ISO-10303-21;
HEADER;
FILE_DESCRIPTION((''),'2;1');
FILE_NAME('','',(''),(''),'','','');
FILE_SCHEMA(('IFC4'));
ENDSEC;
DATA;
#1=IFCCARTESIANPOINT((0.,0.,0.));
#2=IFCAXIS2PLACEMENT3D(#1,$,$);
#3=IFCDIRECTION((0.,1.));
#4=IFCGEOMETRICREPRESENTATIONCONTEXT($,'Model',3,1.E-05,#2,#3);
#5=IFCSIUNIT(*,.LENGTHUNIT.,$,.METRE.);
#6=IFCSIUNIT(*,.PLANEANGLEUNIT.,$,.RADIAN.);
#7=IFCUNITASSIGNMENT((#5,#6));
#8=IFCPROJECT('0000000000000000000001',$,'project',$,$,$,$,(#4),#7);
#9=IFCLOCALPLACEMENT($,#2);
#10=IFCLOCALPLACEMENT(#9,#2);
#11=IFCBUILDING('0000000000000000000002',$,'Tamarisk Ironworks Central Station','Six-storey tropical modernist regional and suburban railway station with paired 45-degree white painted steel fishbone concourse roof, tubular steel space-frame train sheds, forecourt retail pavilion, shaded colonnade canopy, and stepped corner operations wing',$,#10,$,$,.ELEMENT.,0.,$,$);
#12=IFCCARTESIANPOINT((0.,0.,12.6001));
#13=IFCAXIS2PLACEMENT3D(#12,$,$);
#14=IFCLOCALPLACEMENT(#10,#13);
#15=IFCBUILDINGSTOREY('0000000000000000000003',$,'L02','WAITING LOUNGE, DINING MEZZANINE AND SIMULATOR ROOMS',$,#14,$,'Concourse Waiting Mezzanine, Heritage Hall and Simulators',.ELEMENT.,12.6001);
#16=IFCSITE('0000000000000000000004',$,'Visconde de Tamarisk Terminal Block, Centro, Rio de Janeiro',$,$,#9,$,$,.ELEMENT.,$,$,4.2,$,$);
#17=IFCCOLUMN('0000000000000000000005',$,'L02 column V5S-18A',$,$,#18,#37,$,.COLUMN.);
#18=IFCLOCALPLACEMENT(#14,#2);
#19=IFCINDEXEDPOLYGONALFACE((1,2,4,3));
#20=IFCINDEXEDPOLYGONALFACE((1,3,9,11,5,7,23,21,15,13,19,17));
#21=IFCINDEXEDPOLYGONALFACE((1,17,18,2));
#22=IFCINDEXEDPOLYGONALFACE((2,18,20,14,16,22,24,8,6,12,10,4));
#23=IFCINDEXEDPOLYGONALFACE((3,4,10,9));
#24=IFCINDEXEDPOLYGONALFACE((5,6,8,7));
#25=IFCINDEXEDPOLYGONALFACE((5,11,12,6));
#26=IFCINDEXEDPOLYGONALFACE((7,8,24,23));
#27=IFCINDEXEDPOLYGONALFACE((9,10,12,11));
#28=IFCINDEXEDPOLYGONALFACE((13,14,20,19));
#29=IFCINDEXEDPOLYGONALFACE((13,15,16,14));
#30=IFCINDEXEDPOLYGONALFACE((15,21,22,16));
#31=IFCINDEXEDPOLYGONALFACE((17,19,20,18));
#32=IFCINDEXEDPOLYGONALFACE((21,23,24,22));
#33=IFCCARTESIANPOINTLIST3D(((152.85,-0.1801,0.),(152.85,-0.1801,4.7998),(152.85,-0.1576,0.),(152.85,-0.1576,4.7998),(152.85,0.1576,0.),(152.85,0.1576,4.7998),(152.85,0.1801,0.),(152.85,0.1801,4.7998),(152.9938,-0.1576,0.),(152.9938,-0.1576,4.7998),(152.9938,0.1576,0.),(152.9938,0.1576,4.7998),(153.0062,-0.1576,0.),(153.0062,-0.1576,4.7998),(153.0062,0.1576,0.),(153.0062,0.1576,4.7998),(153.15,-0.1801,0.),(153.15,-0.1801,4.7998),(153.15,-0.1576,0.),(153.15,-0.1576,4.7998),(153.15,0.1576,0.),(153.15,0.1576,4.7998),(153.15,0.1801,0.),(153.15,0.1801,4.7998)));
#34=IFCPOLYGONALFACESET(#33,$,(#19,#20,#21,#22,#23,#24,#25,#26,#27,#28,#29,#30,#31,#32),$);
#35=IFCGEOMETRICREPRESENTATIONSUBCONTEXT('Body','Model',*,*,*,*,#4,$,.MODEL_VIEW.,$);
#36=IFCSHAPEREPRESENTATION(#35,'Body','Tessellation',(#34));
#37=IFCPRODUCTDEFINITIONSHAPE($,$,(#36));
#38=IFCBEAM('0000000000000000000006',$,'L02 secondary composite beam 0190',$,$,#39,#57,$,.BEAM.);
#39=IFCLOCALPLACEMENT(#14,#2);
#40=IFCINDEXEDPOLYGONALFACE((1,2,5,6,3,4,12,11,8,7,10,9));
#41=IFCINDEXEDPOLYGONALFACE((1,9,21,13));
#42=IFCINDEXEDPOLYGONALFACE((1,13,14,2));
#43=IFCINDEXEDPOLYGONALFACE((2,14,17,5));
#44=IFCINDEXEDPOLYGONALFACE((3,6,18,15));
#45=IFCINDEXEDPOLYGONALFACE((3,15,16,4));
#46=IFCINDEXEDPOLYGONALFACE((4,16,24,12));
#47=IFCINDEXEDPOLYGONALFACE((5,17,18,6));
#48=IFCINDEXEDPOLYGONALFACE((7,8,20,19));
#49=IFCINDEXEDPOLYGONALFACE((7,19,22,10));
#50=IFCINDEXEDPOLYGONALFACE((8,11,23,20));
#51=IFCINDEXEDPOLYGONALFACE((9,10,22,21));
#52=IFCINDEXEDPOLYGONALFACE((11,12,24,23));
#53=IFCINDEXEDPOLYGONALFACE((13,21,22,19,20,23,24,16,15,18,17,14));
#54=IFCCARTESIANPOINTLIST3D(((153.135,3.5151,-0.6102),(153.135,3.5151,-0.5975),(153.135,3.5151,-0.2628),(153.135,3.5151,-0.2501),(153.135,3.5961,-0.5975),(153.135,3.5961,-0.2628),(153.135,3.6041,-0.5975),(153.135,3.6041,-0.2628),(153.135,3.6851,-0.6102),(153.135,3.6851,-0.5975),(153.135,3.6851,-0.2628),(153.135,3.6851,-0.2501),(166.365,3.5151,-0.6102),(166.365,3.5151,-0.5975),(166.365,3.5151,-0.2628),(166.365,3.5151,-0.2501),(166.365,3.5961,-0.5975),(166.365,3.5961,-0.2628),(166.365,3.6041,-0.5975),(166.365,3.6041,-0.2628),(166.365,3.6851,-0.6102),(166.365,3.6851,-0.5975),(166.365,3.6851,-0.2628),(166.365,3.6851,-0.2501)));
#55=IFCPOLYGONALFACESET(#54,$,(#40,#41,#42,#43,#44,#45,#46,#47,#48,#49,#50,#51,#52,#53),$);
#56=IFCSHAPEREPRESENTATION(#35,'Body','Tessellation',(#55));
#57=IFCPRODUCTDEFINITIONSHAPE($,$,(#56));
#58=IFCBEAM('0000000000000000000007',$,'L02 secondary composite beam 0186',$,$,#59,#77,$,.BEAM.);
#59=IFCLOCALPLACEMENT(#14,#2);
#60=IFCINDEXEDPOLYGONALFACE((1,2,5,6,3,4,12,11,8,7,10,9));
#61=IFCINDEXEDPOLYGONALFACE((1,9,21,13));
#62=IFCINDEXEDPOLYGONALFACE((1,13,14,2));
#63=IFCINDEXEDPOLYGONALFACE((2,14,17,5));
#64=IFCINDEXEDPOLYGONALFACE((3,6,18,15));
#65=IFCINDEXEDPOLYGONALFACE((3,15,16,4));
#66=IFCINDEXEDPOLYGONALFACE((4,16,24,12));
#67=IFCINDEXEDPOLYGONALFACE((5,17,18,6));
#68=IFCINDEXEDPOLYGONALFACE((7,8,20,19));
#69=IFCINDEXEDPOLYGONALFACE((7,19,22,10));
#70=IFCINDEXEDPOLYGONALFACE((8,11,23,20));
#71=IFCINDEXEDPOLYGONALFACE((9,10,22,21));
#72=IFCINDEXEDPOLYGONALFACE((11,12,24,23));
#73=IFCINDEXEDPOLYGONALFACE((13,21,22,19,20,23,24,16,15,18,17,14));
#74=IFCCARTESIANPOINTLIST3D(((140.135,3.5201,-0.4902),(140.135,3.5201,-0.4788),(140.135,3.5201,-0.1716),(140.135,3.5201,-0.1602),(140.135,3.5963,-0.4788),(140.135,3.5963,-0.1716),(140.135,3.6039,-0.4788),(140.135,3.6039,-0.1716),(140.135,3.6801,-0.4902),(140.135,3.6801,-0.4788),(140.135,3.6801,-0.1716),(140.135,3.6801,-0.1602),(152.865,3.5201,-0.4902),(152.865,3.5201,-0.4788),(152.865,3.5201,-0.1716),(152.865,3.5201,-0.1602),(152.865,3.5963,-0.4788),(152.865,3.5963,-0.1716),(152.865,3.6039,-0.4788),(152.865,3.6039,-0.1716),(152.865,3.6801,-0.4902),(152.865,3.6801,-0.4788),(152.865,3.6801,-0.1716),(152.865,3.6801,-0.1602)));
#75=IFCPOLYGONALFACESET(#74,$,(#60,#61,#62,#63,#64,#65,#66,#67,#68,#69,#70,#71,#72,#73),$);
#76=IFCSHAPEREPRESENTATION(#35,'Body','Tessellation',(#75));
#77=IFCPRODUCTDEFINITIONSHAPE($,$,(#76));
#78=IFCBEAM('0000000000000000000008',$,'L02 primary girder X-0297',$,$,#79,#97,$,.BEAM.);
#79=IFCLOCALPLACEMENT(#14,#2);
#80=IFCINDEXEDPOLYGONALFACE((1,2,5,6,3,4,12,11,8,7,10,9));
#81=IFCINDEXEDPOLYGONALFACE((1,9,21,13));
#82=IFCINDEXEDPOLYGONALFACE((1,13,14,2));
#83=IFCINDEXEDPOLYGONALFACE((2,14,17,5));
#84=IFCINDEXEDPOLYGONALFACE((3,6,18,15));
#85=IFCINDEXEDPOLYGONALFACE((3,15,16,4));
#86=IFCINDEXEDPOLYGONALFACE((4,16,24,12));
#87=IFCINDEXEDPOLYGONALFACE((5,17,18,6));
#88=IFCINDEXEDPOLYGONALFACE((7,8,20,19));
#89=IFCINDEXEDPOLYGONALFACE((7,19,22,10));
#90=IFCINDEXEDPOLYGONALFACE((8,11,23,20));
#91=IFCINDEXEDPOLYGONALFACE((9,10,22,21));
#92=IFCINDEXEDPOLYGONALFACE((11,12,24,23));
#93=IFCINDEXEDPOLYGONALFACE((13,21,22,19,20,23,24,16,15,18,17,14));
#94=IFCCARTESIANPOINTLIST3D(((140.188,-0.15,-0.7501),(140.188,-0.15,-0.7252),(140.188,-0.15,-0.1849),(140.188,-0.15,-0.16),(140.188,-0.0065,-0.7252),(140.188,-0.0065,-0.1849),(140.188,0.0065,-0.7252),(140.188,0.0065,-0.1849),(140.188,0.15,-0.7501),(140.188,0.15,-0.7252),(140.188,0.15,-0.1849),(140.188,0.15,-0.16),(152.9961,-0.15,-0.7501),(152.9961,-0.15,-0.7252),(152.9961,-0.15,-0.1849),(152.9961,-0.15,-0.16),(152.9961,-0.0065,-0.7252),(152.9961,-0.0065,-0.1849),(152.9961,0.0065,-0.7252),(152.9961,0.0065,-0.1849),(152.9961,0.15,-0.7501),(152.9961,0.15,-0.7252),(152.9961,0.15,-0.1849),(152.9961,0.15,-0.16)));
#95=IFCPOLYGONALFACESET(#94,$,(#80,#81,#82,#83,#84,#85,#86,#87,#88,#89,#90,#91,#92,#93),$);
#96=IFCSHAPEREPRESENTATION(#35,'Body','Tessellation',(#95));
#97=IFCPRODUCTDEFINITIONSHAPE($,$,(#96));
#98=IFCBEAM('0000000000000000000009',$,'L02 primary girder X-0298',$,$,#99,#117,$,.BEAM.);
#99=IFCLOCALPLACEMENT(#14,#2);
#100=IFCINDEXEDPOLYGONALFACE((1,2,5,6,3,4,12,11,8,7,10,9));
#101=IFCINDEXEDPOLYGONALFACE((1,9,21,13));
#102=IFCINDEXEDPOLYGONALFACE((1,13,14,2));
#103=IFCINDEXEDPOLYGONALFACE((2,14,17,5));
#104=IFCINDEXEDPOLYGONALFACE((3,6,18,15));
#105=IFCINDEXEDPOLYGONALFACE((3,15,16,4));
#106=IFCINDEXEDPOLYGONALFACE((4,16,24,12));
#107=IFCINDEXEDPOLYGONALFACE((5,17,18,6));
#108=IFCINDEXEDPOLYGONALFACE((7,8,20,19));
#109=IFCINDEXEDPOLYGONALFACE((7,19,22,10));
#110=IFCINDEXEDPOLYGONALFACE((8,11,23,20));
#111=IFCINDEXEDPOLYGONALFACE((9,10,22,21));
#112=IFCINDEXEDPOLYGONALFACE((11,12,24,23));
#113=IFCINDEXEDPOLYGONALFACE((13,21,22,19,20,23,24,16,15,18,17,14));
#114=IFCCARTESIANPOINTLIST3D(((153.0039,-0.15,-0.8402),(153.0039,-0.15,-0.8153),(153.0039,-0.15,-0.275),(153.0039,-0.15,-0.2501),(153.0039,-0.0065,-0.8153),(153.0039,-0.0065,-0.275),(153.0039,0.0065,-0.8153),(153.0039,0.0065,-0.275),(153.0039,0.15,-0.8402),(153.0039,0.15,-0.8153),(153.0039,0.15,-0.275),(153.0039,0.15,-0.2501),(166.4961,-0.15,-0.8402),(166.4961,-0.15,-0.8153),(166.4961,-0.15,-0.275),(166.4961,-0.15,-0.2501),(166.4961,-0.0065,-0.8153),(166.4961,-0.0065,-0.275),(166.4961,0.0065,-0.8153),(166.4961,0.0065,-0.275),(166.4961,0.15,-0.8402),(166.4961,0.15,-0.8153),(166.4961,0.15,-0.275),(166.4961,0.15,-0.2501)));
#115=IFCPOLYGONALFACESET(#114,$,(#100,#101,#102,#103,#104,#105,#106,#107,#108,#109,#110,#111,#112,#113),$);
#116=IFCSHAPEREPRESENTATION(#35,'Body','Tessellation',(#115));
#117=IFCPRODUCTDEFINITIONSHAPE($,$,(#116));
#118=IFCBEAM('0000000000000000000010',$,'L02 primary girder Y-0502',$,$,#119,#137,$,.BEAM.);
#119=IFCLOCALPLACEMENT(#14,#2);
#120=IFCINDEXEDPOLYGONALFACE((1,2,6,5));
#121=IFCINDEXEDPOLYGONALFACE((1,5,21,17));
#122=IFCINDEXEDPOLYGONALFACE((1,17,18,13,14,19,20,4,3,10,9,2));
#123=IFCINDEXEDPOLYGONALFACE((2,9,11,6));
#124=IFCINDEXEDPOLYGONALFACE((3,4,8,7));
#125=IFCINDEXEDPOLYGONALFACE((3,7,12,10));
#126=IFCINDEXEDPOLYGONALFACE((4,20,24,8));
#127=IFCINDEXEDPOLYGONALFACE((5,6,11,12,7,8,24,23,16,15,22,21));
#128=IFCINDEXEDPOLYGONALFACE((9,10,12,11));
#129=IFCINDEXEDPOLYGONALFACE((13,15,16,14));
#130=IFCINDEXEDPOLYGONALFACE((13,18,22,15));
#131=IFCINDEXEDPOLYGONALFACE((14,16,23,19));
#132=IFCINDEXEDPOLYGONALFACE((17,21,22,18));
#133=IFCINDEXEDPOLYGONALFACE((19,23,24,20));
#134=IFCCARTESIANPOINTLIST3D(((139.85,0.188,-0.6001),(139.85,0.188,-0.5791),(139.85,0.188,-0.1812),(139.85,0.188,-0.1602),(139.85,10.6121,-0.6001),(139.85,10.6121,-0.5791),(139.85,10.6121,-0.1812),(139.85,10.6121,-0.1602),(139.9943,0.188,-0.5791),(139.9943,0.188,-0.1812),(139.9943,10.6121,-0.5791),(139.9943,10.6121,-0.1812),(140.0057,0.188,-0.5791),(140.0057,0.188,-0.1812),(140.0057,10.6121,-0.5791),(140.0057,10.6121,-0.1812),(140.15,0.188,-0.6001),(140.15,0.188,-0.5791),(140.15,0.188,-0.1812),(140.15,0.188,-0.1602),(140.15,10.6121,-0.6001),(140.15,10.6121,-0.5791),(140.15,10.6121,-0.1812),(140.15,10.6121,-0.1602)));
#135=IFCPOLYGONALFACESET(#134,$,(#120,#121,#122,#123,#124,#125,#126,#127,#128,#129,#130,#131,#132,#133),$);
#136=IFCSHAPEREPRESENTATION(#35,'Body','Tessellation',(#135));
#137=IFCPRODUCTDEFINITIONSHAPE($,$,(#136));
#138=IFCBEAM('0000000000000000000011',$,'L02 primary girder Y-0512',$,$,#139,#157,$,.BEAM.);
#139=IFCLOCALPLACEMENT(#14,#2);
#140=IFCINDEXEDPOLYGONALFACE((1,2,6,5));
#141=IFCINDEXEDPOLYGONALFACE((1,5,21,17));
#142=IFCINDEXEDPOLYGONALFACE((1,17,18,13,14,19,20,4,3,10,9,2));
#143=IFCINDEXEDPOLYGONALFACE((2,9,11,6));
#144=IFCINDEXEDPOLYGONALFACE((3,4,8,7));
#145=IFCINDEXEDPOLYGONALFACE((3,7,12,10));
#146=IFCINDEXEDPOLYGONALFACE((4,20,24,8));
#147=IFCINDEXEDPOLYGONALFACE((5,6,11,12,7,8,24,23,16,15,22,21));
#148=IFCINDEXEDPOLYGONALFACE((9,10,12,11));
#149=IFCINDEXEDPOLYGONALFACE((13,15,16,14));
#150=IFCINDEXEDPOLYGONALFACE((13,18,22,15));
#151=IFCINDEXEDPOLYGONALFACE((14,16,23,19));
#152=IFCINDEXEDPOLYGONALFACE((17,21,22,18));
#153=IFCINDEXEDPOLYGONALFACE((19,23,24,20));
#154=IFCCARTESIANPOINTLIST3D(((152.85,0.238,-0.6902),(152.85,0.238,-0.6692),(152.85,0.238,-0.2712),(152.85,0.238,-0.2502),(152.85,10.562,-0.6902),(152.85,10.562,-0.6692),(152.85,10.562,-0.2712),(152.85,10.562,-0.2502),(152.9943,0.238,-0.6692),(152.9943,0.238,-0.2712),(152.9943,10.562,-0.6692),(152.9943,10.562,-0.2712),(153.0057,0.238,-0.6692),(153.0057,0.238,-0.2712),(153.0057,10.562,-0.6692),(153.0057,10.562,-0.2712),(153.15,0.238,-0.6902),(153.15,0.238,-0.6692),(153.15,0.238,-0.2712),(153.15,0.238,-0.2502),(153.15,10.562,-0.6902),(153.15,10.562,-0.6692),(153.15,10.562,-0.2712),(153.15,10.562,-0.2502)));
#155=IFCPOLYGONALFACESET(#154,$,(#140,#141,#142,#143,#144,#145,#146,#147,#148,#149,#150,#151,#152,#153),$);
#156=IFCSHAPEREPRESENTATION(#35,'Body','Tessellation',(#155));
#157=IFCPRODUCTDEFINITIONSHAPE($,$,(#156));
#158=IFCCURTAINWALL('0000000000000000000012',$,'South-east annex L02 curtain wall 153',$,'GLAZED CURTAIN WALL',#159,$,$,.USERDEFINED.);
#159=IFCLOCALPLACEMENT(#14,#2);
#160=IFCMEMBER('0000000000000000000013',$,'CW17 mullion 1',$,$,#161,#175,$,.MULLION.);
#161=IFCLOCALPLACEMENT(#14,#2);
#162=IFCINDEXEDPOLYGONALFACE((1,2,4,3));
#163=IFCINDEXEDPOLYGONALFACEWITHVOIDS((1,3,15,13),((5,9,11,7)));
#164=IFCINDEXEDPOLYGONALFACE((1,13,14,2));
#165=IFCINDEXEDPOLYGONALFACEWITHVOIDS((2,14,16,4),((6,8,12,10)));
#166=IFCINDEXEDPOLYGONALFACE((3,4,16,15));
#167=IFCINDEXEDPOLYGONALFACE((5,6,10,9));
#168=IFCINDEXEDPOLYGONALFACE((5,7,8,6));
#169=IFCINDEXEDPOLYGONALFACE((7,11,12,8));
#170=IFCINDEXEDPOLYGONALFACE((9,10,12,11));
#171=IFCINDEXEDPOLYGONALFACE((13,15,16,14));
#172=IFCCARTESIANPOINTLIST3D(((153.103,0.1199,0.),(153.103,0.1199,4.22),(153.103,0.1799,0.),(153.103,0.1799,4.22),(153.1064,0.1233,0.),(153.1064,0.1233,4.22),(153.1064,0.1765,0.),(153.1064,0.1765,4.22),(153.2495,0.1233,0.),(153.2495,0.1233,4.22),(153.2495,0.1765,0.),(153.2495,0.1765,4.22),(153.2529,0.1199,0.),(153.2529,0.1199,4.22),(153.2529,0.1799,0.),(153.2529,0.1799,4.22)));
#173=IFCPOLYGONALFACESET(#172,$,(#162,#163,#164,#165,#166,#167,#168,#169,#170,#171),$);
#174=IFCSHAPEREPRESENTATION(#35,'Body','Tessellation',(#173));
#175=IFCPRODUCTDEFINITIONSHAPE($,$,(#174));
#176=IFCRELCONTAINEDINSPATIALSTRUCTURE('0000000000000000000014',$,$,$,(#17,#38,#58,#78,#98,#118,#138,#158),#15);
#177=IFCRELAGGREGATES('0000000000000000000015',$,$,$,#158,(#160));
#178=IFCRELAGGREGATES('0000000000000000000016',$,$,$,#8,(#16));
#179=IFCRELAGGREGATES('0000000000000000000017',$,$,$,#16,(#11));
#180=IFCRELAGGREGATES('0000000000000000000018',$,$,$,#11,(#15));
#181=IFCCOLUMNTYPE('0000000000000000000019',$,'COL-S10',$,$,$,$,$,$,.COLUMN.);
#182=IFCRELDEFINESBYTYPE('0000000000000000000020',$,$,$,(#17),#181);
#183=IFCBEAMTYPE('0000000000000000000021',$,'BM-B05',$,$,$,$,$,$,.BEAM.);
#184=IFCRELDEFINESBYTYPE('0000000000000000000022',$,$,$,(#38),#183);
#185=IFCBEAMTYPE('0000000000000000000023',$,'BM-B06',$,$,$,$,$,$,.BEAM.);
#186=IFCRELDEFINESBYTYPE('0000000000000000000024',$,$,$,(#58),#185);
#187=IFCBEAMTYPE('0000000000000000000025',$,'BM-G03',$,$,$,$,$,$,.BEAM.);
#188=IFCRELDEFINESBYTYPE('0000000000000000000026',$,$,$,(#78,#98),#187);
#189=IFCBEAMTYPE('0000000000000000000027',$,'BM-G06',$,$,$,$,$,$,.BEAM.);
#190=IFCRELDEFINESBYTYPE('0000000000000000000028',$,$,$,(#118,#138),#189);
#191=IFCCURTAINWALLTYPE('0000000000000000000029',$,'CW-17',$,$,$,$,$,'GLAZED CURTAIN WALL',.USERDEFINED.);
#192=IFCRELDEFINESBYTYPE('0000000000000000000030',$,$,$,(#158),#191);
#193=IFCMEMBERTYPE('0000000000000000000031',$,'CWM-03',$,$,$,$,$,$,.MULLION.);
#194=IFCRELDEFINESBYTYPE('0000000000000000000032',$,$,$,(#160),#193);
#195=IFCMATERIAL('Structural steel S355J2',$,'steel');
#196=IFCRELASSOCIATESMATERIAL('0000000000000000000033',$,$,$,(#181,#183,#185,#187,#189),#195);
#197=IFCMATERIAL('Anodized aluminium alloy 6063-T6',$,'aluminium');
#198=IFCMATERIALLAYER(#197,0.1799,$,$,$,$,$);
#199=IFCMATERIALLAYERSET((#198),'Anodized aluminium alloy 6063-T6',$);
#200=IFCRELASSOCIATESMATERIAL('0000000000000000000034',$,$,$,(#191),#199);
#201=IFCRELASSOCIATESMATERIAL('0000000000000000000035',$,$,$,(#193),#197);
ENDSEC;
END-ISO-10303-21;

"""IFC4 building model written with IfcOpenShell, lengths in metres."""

from ifc_helpers import new_model, si_unit, direction, frame, origin, origin_2d, place, context, subcontext, project, spatial, hollow_rectangle, i_section, extrude, material, layer, layer_set, material_profile, profile_set, type_object, element, aggregate, save


model = new_model("IFC4")

# Units and contexts
model_context = context("Model", 3, precision=1e-05, world=origin(), true_north=direction((0.0, 1.0)))
body_context = subcontext(model_context, "Body", "Model", "MODEL_VIEW")
ifc_project = project(units=[si_unit("LENGTHUNIT", "METRE"), si_unit("PLANEANGLEUNIT", "RADIAN")], contexts=[model_context])

# Site, building, storey
site_placement = place(None, origin())
site = spatial("IfcSite", under=ifc_project, at=site_placement, Name="Visconde de Tamarisk Terminal Block, Centro, Rio de Janeiro", CompositionType="ELEMENT", RefElevation=4.2)
building_placement = place(site_placement, origin())
building = spatial("IfcBuilding", under=site, at=building_placement, Name="Tamarisk Ironworks Central Station", Description="Six-storey tropical modernist regional and suburban railway station with paired 45-degree white painted steel fishbone concourse roof, tubular steel space-frame train sheds, forecourt retail pavilion, shaded colonnade canopy, and stepped corner operations wing", CompositionType="ELEMENT", ElevationOfRefHeight=0.0)
storey_placement = place(building_placement, frame((0.0, 0.0, 12.6001)))
storey = spatial("IfcBuildingStorey", under=building, at=storey_placement, Name="L02", Description="WAITING LOUNGE, DINING MEZZANINE AND SIMULATOR ROOMS", LongName="Concourse Waiting Mezzanine, Heritage Hall and Simulators", CompositionType="ELEMENT", Elevation=12.6001)

# Column
ifc_material_1 = material(Name="Structural steel S355J2", Category="steel")
ifc_material_profile_1 = material_profile(ifc_material_1, i_section(OverallWidth=0.3, OverallDepth=0.3601, WebThickness=0.0125, FlangeThickness=0.0225, at=origin_2d()), Name="HEB 360")
ifc_profile_set_1 = profile_set([ifc_material_profile_1], Name="Structural steel S355J2")
column_type = type_object("IfcColumnType", Name="COL-S10", PredefinedType="COLUMN", material=ifc_profile_set_1)
column_placement = place(storey_placement, frame((153.0, 0.0, 0.0), z_axis=(0.0, 0.0, 1.0), x_axis=(1.0, 0.0, 0.0)))
element("IfcColumn", 1, at=column_placement, inside=storey, type_object=column_type, Name="L02 column V5S-18A", PredefinedType="COLUMN", context=body_context, shape_type="SweptSolid", body=[
    extrude(i_section(OverallWidth=0.3, OverallDepth=0.3601, WebThickness=0.0125, FlangeThickness=0.0225, at=origin_2d()), origin(), (0.0, 0.0, 1.0), 4.7998),
])

# Beams
ifc_material_profile_2 = material_profile(ifc_material_1, i_section(OverallWidth=0.1699, OverallDepth=0.3601, WebThickness=0.0081, FlangeThickness=0.0127, at=origin_2d()), Name="IPE 360")
ifc_profile_set_2 = profile_set([ifc_material_profile_2], Name="Structural steel S355J2")
beam_type_1 = type_object("IfcBeamType", Name="BM-B05", PredefinedType="BEAM", material=ifc_profile_set_2)
beam_1_placement = place(storey_placement, frame((153.135, 3.6001, -0.4302), z_axis=(1.0, 0.0, 0.0), x_axis=(0.0, 1.0, 0.0)))
element("IfcBeam", 2, at=beam_1_placement, inside=storey, type_object=beam_type_1, Name="L02 secondary composite beam 0190", PredefinedType="BEAM", context=body_context, shape_type="SweptSolid", body=[
    extrude(i_section(OverallWidth=0.1699, OverallDepth=0.3601, WebThickness=0.0081, FlangeThickness=0.0127, at=origin_2d()), origin(), (0.0, 0.0, 1.0), 13.23),
])
ifc_material_profile_3 = material_profile(ifc_material_1, i_section(OverallWidth=0.1599, OverallDepth=0.3301, WebThickness=0.0076, FlangeThickness=0.0115, at=origin_2d()), Name="IPE 330")
ifc_profile_set_3 = profile_set([ifc_material_profile_3], Name="Structural steel S355J2")
beam_type_2 = type_object("IfcBeamType", Name="BM-B06", PredefinedType="BEAM", material=ifc_profile_set_3)
beam_2_placement = place(storey_placement, frame((140.135, 3.6001, -0.3252), z_axis=(1.0, 0.0, 0.0), x_axis=(0.0, 1.0, 0.0)))
element("IfcBeam", 3, at=beam_2_placement, inside=storey, type_object=beam_type_2, Name="L02 secondary composite beam 0186", PredefinedType="BEAM", context=body_context, shape_type="SweptSolid", body=[
    extrude(i_section(OverallWidth=0.1599, OverallDepth=0.3301, WebThickness=0.0076, FlangeThickness=0.0115, at=origin_2d()), origin(), (0.0, 0.0, 1.0), 12.73),
])
ifc_material_profile_4 = material_profile(ifc_material_1, i_section(OverallWidth=0.3, OverallDepth=0.5901, WebThickness=0.0129, FlangeThickness=0.0249, at=origin_2d()), Name="HEA 600")
ifc_profile_set_4 = profile_set([ifc_material_profile_4], Name="Structural steel S355J2")
beam_type_3 = type_object("IfcBeamType", Name="BM-G03", PredefinedType="BEAM", material=ifc_profile_set_4)
beam_3_placement = place(storey_placement, frame((140.188, 0.0, -0.4551), z_axis=(1.0, 0.0, 0.0), x_axis=(0.0, 1.0, 0.0)))
element("IfcBeam", 4, at=beam_3_placement, inside=storey, type_object=beam_type_3, Name="L02 primary girder X-0297", PredefinedType="BEAM", context=body_context, shape_type="SweptSolid", body=[
    extrude(i_section(OverallWidth=0.3, OverallDepth=0.5901, WebThickness=0.0129, FlangeThickness=0.0249, at=origin_2d()), origin(), (0.0, 0.0, 1.0), 12.8081),
])
beam_4_placement = place(storey_placement, frame((153.0039, 0.0, -0.5452), z_axis=(1.0, 0.0, 0.0), x_axis=(0.0, 1.0, 0.0)))
element("IfcBeam", 5, at=beam_4_placement, inside=storey, type_object=beam_type_3, Name="L02 primary girder X-0298", PredefinedType="BEAM", context=body_context, shape_type="SweptSolid", body=[
    extrude(i_section(OverallWidth=0.3, OverallDepth=0.5901, WebThickness=0.0129, FlangeThickness=0.0249, at=origin_2d()), origin(), (0.0, 0.0, 1.0), 13.4922),
])
ifc_material_profile_5 = material_profile(ifc_material_1, i_section(OverallWidth=0.3, OverallDepth=0.4399, WebThickness=0.0115, FlangeThickness=0.021, at=origin_2d()), Name="HEA 450")
ifc_profile_set_5 = profile_set([ifc_material_profile_5], Name="Structural steel S355J2")
beam_type_4 = type_object("IfcBeamType", Name="BM-G06", PredefinedType="BEAM", material=ifc_profile_set_5)
beam_5_placement = place(storey_placement, frame((140.0, 0.188, -0.3801), z_axis=(0.0, 1.0, 0.0), x_axis=(-1.0, 0.0, 0.0)))
element("IfcBeam", 6, at=beam_5_placement, inside=storey, type_object=beam_type_4, Name="L02 primary girder Y-0502", PredefinedType="BEAM", context=body_context, shape_type="SweptSolid", body=[
    extrude(i_section(OverallWidth=0.3, OverallDepth=0.4399, WebThickness=0.0115, FlangeThickness=0.021, at=origin_2d()), origin(), (0.0, 0.0, 1.0), 10.4241),
])
beam_6_placement = place(storey_placement, frame((153.0, 0.238, -0.4702), z_axis=(0.0, 1.0, 0.0), x_axis=(-1.0, 0.0, 0.0)))
element("IfcBeam", 7, at=beam_6_placement, inside=storey, type_object=beam_type_4, Name="L02 primary girder Y-0512", PredefinedType="BEAM", context=body_context, shape_type="SweptSolid", body=[
    extrude(i_section(OverallWidth=0.3, OverallDepth=0.4399, WebThickness=0.0115, FlangeThickness=0.021, at=origin_2d()), origin(), (0.0, 0.0, 1.0), 10.324),
])

# Curtain wall, member
ifc_material_2 = material(Name="Anodized aluminium alloy 6063-T6", Category="aluminium")
ifc_layer_1 = layer(ifc_material_2, 0.1799)
ifc_layer_set_1 = layer_set([ifc_layer_1], Name="Anodized aluminium alloy 6063-T6")
curtain_wall_type = type_object("IfcCurtainWallType", Name="CW-17", ElementType="GLAZED CURTAIN WALL", PredefinedType="USERDEFINED", material=ifc_layer_set_1)
curtain_wall_placement = place(storey_placement, origin())
curtain_wall = element("IfcCurtainWall", 8, at=curtain_wall_placement, inside=storey, type_object=curtain_wall_type, Name="South-east annex L02 curtain wall 153", ObjectType="GLAZED CURTAIN WALL", PredefinedType="USERDEFINED")
ifc_material_profile_6 = material_profile(ifc_material_2, hollow_rectangle(XDim=0.0601, YDim=0.1499, WallThickness=0.0034, at=origin_2d()), Name="ALUM 150x60")
ifc_profile_set_6 = profile_set([ifc_material_profile_6], Name="Anodized aluminium alloy 6063-T6")
member_type_1 = type_object("IfcMemberType", Name="CWM-03", PredefinedType="MULLION", material=ifc_profile_set_6)
member_1_placement = place(storey_placement, frame((153.178, 0.1499, 0.0), z_axis=(0.0, 0.0, 1.0), x_axis=(0.0, 1.0, 0.0)))
member_1 = element("IfcMember", 9, at=member_1_placement, type_object=member_type_1, Name="CW17 mullion 1", PredefinedType="MULLION", context=body_context, shape_type="SweptSolid", body=[
    extrude(hollow_rectangle(XDim=0.0601, YDim=0.1499, WallThickness=0.0034, at=origin_2d()), origin(), (0.0, 0.0, 1.0), 4.22),
])
aggregate(curtain_wall, [member_1])

save(model, "model.ifc")
